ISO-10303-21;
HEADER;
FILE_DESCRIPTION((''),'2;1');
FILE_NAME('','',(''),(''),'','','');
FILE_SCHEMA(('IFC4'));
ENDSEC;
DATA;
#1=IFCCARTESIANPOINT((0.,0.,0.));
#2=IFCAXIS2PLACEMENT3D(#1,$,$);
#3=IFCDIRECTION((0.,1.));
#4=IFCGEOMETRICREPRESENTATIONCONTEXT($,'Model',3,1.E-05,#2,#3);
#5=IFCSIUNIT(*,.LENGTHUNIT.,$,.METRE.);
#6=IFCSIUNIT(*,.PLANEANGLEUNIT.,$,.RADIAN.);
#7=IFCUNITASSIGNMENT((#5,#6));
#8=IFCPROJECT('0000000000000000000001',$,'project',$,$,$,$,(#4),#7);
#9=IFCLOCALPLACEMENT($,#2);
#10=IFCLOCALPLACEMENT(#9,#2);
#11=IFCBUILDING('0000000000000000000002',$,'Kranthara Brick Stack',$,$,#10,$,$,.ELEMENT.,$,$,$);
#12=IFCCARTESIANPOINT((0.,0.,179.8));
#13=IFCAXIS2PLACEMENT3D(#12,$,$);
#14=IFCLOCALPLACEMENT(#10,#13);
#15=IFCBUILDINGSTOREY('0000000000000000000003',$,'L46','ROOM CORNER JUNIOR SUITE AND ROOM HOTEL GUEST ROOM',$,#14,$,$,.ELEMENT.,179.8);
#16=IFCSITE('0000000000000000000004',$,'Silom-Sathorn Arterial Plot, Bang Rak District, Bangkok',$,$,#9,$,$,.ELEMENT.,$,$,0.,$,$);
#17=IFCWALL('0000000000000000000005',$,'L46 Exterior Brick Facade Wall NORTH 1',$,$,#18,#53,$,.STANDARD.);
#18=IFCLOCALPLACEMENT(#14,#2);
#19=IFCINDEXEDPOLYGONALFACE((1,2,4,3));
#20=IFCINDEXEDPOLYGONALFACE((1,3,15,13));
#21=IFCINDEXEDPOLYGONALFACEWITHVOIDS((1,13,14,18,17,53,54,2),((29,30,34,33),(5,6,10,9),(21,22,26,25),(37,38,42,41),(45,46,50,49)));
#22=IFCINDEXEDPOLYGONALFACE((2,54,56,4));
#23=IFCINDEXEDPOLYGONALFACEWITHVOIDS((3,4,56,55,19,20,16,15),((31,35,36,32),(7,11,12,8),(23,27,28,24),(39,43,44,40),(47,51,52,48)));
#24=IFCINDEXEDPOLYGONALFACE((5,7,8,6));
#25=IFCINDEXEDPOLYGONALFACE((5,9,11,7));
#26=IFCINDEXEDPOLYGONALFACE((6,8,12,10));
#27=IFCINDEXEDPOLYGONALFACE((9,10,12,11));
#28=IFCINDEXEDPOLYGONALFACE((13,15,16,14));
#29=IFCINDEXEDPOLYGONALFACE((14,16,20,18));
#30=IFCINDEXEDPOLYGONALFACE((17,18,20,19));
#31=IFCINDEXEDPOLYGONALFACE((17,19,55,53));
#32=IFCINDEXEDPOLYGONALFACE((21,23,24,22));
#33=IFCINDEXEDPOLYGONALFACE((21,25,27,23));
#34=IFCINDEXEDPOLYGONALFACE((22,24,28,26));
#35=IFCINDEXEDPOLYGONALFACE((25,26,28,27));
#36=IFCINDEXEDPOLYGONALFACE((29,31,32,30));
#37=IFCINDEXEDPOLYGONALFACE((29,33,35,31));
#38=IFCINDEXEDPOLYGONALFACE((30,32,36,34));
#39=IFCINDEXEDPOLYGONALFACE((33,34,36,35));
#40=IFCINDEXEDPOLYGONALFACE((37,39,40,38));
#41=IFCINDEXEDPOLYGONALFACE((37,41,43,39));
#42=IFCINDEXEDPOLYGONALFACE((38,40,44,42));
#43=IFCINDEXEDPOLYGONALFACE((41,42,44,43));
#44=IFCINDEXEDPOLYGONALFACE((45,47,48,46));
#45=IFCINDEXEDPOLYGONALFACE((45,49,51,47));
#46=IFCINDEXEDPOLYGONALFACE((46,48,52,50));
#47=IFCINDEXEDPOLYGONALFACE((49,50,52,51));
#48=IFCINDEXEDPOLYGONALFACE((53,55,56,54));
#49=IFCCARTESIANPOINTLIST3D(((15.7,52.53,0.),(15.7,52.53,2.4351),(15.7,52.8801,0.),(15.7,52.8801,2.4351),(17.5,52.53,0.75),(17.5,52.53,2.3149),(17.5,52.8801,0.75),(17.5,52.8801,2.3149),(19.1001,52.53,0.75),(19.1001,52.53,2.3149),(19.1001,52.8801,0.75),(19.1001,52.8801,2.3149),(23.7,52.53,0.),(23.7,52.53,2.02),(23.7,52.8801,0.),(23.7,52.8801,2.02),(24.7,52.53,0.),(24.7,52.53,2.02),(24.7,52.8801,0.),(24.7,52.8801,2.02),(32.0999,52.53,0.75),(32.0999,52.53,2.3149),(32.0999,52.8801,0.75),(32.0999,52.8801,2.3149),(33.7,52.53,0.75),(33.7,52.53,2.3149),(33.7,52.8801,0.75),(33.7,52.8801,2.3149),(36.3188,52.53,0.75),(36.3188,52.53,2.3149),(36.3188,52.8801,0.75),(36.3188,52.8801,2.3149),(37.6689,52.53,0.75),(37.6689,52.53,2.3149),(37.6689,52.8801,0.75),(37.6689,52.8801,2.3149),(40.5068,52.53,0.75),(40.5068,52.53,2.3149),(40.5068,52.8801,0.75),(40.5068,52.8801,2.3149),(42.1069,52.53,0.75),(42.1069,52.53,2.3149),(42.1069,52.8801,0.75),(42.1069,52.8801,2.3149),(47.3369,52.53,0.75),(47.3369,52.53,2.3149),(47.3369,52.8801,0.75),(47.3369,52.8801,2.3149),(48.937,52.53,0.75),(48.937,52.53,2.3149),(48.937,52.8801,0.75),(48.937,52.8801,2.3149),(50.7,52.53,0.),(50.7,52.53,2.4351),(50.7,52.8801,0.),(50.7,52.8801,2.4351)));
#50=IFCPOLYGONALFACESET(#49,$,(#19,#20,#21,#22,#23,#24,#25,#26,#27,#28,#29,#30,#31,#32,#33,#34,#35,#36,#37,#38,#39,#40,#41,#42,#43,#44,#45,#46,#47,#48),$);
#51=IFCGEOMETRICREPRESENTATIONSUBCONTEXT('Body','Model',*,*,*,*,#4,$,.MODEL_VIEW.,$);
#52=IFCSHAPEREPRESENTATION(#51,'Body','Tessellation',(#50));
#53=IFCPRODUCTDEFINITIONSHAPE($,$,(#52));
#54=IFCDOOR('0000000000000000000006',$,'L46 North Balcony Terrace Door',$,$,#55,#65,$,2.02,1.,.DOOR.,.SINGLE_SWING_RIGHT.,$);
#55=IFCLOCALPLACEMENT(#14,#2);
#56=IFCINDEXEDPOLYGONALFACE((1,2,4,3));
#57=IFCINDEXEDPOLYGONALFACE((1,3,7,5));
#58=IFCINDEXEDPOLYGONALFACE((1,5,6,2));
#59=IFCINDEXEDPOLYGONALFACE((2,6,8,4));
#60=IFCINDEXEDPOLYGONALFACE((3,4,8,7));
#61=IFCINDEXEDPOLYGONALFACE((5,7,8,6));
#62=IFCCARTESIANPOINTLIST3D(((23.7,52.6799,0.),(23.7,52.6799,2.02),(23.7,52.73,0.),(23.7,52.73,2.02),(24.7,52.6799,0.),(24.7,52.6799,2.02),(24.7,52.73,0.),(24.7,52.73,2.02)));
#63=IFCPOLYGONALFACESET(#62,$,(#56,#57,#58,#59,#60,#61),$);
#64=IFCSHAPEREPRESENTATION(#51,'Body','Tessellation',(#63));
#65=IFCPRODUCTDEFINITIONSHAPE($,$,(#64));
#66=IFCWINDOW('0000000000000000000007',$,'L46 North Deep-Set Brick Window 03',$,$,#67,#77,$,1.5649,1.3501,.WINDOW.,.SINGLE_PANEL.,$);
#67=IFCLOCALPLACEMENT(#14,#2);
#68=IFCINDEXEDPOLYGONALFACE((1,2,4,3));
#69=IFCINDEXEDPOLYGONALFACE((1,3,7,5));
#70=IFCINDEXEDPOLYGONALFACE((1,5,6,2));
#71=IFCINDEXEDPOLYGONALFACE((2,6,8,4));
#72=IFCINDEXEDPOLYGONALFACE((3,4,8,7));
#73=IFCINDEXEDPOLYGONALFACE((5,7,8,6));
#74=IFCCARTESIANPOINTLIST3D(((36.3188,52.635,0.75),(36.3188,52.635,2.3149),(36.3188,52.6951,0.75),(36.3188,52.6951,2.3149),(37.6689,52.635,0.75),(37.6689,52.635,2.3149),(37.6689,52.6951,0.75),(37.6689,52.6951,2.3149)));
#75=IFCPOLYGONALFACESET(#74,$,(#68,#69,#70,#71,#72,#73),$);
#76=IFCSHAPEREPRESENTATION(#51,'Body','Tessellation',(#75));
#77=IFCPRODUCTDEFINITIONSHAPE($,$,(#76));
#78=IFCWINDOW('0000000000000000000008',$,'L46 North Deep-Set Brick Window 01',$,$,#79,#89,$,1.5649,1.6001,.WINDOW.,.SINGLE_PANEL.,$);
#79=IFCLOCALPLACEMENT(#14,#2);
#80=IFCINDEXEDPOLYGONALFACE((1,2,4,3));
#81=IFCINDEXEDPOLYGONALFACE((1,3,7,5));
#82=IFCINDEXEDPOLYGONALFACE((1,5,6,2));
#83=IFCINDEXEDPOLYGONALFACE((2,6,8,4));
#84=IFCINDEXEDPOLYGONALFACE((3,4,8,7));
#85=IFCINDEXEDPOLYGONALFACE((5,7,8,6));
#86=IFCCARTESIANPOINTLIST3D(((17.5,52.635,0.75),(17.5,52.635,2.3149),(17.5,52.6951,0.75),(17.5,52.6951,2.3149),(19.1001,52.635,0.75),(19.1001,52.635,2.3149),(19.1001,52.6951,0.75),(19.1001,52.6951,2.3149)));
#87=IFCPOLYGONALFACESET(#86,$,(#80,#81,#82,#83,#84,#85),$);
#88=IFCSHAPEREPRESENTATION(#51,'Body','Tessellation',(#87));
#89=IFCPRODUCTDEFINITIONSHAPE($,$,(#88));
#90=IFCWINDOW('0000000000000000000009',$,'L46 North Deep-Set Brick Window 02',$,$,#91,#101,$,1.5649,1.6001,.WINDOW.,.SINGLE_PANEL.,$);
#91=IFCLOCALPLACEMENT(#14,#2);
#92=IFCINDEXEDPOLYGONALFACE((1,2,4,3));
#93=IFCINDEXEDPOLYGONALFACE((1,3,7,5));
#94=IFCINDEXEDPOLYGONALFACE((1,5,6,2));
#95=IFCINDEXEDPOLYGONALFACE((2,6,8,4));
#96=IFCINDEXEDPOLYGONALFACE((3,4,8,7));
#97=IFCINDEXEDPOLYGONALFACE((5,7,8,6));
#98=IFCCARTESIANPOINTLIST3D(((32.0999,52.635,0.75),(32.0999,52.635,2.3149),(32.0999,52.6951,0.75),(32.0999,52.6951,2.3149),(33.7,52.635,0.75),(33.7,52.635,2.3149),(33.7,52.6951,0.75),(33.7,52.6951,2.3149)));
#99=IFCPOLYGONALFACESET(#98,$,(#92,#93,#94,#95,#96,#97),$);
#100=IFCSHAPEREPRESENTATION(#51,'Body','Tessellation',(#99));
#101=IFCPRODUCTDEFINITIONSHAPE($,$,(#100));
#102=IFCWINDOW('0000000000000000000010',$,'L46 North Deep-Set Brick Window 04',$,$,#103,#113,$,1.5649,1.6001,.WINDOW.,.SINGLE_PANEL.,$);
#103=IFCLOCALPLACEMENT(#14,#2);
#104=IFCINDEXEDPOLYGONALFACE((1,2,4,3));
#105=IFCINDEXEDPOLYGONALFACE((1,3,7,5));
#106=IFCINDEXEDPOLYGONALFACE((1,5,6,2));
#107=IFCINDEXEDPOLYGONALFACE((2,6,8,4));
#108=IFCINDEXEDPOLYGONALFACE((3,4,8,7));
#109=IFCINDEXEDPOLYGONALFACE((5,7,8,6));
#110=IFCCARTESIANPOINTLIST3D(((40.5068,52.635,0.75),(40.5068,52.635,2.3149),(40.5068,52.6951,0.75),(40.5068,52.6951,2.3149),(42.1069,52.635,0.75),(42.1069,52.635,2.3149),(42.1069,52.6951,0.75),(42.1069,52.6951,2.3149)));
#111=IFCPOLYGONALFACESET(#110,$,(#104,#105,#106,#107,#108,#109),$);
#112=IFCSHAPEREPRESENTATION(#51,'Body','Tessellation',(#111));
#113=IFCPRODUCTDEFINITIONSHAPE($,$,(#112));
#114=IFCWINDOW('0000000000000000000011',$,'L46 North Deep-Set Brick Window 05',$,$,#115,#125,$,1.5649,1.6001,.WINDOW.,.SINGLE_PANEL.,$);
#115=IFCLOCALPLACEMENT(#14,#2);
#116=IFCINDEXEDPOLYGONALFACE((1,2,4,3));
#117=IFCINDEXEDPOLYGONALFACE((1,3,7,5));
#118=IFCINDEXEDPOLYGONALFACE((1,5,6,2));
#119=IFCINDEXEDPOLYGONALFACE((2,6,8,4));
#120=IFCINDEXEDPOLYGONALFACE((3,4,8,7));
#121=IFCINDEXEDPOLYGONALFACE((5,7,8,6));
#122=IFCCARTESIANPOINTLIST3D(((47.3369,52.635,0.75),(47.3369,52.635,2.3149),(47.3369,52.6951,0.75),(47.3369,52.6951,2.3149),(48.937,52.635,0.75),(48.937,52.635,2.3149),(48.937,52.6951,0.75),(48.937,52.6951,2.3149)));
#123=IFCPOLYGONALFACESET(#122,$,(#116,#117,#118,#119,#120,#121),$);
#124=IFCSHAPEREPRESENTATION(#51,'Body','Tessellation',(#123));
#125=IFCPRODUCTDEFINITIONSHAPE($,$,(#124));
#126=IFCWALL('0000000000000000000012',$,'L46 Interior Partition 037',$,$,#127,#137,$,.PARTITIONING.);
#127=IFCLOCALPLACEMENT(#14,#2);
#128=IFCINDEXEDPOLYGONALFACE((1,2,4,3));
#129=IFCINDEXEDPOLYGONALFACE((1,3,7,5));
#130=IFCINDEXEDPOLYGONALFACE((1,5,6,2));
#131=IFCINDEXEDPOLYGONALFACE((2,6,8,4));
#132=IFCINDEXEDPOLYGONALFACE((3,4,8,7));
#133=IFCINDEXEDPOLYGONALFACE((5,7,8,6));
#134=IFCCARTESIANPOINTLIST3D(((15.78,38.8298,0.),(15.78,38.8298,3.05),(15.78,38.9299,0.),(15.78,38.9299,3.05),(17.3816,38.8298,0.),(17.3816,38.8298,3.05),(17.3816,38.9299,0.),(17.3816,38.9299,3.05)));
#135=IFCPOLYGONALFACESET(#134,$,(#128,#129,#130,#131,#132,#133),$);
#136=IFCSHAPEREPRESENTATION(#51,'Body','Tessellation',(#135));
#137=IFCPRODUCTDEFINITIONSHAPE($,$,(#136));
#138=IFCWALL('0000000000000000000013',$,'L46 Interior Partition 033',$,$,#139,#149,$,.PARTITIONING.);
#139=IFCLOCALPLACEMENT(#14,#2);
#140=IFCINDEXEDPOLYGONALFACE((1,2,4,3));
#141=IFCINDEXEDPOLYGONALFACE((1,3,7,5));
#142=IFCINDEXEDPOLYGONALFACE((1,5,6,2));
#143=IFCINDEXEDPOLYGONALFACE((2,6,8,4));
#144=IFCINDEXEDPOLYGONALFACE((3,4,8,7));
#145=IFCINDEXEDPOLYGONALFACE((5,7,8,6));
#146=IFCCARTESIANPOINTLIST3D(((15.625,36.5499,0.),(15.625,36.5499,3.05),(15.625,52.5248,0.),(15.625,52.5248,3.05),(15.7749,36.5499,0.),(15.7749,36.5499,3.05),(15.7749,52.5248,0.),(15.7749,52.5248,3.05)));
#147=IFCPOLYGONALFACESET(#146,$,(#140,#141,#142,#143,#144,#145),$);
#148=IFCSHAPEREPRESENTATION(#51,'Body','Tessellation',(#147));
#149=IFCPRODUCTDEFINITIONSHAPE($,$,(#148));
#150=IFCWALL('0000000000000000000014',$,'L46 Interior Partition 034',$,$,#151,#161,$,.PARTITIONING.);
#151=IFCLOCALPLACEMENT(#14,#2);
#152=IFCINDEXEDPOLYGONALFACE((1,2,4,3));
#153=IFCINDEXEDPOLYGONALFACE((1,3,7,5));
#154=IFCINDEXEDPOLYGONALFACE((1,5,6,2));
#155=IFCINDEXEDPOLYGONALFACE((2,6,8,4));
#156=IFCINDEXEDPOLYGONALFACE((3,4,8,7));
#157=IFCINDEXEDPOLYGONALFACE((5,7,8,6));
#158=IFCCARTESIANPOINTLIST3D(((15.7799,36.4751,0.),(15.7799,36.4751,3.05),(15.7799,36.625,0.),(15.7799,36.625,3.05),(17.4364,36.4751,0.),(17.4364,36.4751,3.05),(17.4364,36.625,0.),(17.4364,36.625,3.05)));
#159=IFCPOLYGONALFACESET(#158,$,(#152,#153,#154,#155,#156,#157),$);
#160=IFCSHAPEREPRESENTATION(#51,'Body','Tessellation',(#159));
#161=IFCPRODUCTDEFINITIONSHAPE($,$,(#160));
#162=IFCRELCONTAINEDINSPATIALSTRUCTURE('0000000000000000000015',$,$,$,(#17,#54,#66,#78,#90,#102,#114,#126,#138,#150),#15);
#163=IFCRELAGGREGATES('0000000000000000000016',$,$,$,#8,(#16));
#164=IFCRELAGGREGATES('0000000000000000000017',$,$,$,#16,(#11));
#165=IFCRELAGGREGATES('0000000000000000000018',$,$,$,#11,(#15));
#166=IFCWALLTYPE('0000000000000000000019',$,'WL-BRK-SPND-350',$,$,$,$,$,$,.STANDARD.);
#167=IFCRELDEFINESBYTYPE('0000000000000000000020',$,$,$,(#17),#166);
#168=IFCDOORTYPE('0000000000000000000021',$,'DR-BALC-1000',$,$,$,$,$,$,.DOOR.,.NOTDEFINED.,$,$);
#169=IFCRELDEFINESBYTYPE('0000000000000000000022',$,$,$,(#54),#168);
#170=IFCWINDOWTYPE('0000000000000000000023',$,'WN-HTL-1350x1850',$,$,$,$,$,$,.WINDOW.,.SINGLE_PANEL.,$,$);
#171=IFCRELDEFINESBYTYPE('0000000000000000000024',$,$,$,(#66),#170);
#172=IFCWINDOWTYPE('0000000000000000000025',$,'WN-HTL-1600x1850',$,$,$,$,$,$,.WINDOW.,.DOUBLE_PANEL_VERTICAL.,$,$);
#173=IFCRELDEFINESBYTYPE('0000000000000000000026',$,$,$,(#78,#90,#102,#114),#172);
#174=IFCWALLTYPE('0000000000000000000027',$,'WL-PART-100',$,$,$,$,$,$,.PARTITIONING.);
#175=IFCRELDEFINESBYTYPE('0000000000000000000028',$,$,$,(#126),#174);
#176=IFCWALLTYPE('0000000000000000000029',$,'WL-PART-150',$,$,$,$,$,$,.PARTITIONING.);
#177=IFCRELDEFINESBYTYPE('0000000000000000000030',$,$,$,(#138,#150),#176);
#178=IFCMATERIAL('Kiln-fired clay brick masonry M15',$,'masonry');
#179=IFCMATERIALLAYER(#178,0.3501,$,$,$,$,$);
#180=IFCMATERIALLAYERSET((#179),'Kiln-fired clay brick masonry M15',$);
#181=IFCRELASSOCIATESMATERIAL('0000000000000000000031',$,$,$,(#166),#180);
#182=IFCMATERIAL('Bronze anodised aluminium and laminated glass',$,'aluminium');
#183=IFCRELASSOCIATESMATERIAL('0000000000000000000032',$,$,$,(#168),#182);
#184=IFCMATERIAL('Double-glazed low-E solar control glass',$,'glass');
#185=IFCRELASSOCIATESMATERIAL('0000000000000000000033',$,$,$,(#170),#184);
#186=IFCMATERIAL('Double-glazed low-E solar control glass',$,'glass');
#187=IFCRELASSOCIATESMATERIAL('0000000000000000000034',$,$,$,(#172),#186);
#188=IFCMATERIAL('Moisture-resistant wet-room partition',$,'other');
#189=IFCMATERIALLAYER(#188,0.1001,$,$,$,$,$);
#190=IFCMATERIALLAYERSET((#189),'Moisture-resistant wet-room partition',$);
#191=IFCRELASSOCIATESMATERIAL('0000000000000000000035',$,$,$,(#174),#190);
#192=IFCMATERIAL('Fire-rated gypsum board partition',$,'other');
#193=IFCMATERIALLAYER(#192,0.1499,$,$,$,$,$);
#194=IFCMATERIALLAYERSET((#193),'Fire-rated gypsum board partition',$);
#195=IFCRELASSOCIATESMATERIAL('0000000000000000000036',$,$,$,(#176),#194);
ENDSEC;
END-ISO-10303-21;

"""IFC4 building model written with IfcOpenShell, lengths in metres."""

from ifc_helpers import new_model, si_unit, direction, frame, frame_2d, origin, place, context, subcontext, project, spatial, rectangle, extrude, material, layer, layer_set, type_object, element, fill, save


model = new_model("IFC4")

# Units and contexts
model_context = context("Model", 3, precision=1e-05, world=origin(), true_north=direction((0.0, 1.0)))
body_context = subcontext(model_context, "Body", "Model", "MODEL_VIEW")
ifc_project = project(units=[si_unit("LENGTHUNIT", "METRE"), si_unit("PLANEANGLEUNIT", "RADIAN")], contexts=[model_context])

# Site, building, storey
site_placement = place(None, origin())
site = spatial("IfcSite", under=ifc_project, at=site_placement, Name="Silom-Sathorn Arterial Plot, Bang Rak District, Bangkok", CompositionType="ELEMENT", RefElevation=0.0)
building_placement = place(site_placement, origin())
building = spatial("IfcBuilding", under=site, at=building_placement, Name="Kranthara Brick Stack", CompositionType="ELEMENT")
storey_placement = place(building_placement, frame((0.0, 0.0, 179.8)))
storey = spatial("IfcBuildingStorey", under=building, at=storey_placement, Name="L46", Description="ROOM CORNER JUNIOR SUITE AND ROOM HOTEL GUEST ROOM", CompositionType="ELEMENT", Elevation=179.8)

# Shared definitions
ifc_material_1 = material(Name="Kiln-fired clay brick masonry M15", Category="masonry")
ifc_layer_1 = layer(ifc_material_1, 0.3501)
ifc_layer_set_1 = layer_set([ifc_layer_1], Name="Kiln-fired clay brick masonry M15")
wall_type_1 = type_object("IfcWallType", Name="WL-BRK-SPND-350", PredefinedType="STANDARD", material=ifc_layer_set_1)

# Wall, openings, door, windows
wall_1_placement = place(storey_placement, frame((15.7, 52.7051, 0.0), z_axis=(0.0, 0.0, 1.0), x_axis=(1.0, 0.0, 0.0)))
wall_1 = element("IfcWall", 1, at=wall_1_placement, inside=storey, type_object=wall_type_1, Name="L46 Exterior Brick Facade Wall NORTH 1", PredefinedType="STANDARD", context=body_context, shape_type="SweptSolid", body=[
    extrude(rectangle(XDim=35.0, YDim=0.3501, at=frame_2d((17.5, 0.0))), origin(), (0.0, 0.0, 1.0), 2.4351),
])
opening_1_placement = place(wall_1_placement, frame((8.0, 0.0, 0.0)))
opening_1 = element("IfcOpeningElement", 2, at=opening_1_placement, cuts=wall_1, PredefinedType="OPENING", context=body_context, shape_type="SweptSolid", body=[
    extrude(rectangle(XDim=1.0, YDim=2.02, at=frame_2d((0.5, 1.01))), frame((0.0, 0.1851, 0.0), z_axis=(0.0, -1.0, 0.0), x_axis=(1.0, 0.0, 0.0)), (0.0, 0.0, 1.0), 0.3701),
])
opening_2_placement = place(wall_1_placement, frame((1.8, 0.0, 0.75)))
opening_2 = element("IfcOpeningElement", 3, at=opening_2_placement, cuts=wall_1, PredefinedType="OPENING", context=body_context, shape_type="SweptSolid", body=[
    extrude(rectangle(XDim=1.6001, YDim=1.5649, at=frame_2d((0.8, 0.7825))), frame((0.0, 0.1851, 0.0), z_axis=(0.0, -1.0, 0.0), x_axis=(1.0, 0.0, 0.0)), (0.0, 0.0, 1.0), 0.3701),
])
opening_3_placement = place(wall_1_placement, frame((16.3999, 0.0, 0.75)))
opening_3 = element("IfcOpeningElement", 4, at=opening_3_placement, cuts=wall_1, PredefinedType="OPENING", context=body_context, shape_type="SweptSolid", body=[
    extrude(rectangle(XDim=1.6001, YDim=1.5649, at=frame_2d((0.8, 0.7825))), frame((0.0, 0.1851, 0.0), z_axis=(0.0, -1.0, 0.0), x_axis=(1.0, 0.0, 0.0)), (0.0, 0.0, 1.0), 0.3701),
])
opening_4_placement = place(wall_1_placement, frame((20.6189, 0.0, 0.75)))
opening_4 = element("IfcOpeningElement", 5, at=opening_4_placement, cuts=wall_1, PredefinedType="OPENING", context=body_context, shape_type="SweptSolid", body=[
    extrude(rectangle(XDim=1.3501, YDim=1.5649, at=frame_2d((0.675, 0.7825))), frame((0.0, 0.1851, 0.0), z_axis=(0.0, -1.0, 0.0), x_axis=(1.0, 0.0, 0.0)), (0.0, 0.0, 1.0), 0.3701),
])
opening_5_placement = place(wall_1_placement, frame((24.8069, 0.0, 0.75)))
opening_5 = element("IfcOpeningElement", 6, at=opening_5_placement, cuts=wall_1, PredefinedType="OPENING", context=body_context, shape_type="SweptSolid", body=[
    extrude(rectangle(XDim=1.6001, YDim=1.5649, at=frame_2d((0.8, 0.7825))), frame((0.0, 0.1851, 0.0), z_axis=(0.0, -1.0, 0.0), x_axis=(1.0, 0.0, 0.0)), (0.0, 0.0, 1.0), 0.3701),
])
opening_6_placement = place(wall_1_placement, frame((31.637, 0.0, 0.75)))
opening_6 = element("IfcOpeningElement", 7, at=opening_6_placement, cuts=wall_1, PredefinedType="OPENING", context=body_context, shape_type="SweptSolid", body=[
    extrude(rectangle(XDim=1.6001, YDim=1.5649, at=frame_2d((0.8, 0.7825))), frame((0.0, 0.1851, 0.0), z_axis=(0.0, -1.0, 0.0), x_axis=(1.0, 0.0, 0.0)), (0.0, 0.0, 1.0), 0.3701),
])
ifc_material_2 = material(Name="Bronze anodised aluminium and laminated glass", Category="aluminium")
door_type = type_object("IfcDoorType", Name="DR-BALC-1000", OperationType="NOTDEFINED", PredefinedType="DOOR", material=ifc_material_2)
door_placement = place(opening_1_placement, origin())
door = element("IfcDoor", 8, at=door_placement, inside=storey, type_object=door_type, Name="L46 North Balcony Terrace Door", OperationType="SINGLE_SWING_RIGHT", OverallHeight=2.02, OverallWidth=1.0, PredefinedType="DOOR", context=body_context, shape_type="SweptSolid", body=[
    extrude(rectangle(XDim=1.0, YDim=2.02, at=frame_2d((0.5, 1.01))), frame((0.0, 0.0249, 0.0), z_axis=(0.0, -1.0, 0.0), x_axis=(1.0, 0.0, 0.0)), (0.0, 0.0, 1.0), 0.05),
])
fill(opening_1, door)
ifc_material_3 = material(Name="Double-glazed low-E solar control glass", Category="glass")
window_type_1 = type_object("IfcWindowType", Name="WN-HTL-1350x1850", PartitioningType="SINGLE_PANEL", PredefinedType="WINDOW", material=ifc_material_3)
window_1_placement = place(opening_4_placement, origin())
window_1 = element("IfcWindow", 9, at=window_1_placement, inside=storey, type_object=window_type_1, Name="L46 North Deep-Set Brick Window 03", OverallHeight=1.5649, OverallWidth=1.3501, PartitioningType="SINGLE_PANEL", PredefinedType="WINDOW", context=body_context, shape_type="SweptSolid", body=[
    extrude(rectangle(XDim=1.3501, YDim=1.5649, at=frame_2d((0.675, 0.7825))), frame((0.0, -0.01, 0.0), z_axis=(0.0, -1.0, 0.0), x_axis=(1.0, 0.0, 0.0)), (0.0, 0.0, 1.0), 0.0601),
])
fill(opening_4, window_1)
ifc_material_4 = material(Name="Double-glazed low-E solar control glass", Category="glass")
window_type_2 = type_object("IfcWindowType", Name="WN-HTL-1600x1850", PartitioningType="DOUBLE_PANEL_VERTICAL", PredefinedType="WINDOW", material=ifc_material_4)
window_2_placement = place(opening_2_placement, origin())
window_2 = element("IfcWindow", 10, at=window_2_placement, inside=storey, type_object=window_type_2, Name="L46 North Deep-Set Brick Window 01", OverallHeight=1.5649, OverallWidth=1.6001, PartitioningType="SINGLE_PANEL", PredefinedType="WINDOW", context=body_context, shape_type="SweptSolid", body=[
    extrude(rectangle(XDim=1.6001, YDim=1.5649, at=frame_2d((0.8, 0.7825))), frame((0.0, -0.01, 0.0), z_axis=(0.0, -1.0, 0.0), x_axis=(1.0, 0.0, 0.0)), (0.0, 0.0, 1.0), 0.0601),
])
fill(opening_2, window_2)
window_3_placement = place(opening_3_placement, origin())
window_3 = element("IfcWindow", 11, at=window_3_placement, inside=storey, type_object=window_type_2, Name="L46 North Deep-Set Brick Window 02", OverallHeight=1.5649, OverallWidth=1.6001, PartitioningType="SINGLE_PANEL", PredefinedType="WINDOW", context=body_context, shape_type="SweptSolid", body=[
    extrude(rectangle(XDim=1.6001, YDim=1.5649, at=frame_2d((0.8, 0.7825))), frame((0.0, -0.01, 0.0), z_axis=(0.0, -1.0, 0.0), x_axis=(1.0, 0.0, 0.0)), (0.0, 0.0, 1.0), 0.0601),
])
fill(opening_3, window_3)
window_4_placement = place(opening_5_placement, origin())
window_4 = element("IfcWindow", 12, at=window_4_placement, inside=storey, type_object=window_type_2, Name="L46 North Deep-Set Brick Window 04", OverallHeight=1.5649, OverallWidth=1.6001, PartitioningType="SINGLE_PANEL", PredefinedType="WINDOW", context=body_context, shape_type="SweptSolid", body=[
    extrude(rectangle(XDim=1.6001, YDim=1.5649, at=frame_2d((0.8, 0.7825))), frame((0.0, -0.01, 0.0), z_axis=(0.0, -1.0, 0.0), x_axis=(1.0, 0.0, 0.0)), (0.0, 0.0, 1.0), 0.0601),
])
fill(opening_5, window_4)
window_5_placement = place(opening_6_placement, origin())
window_5 = element("IfcWindow", 13, at=window_5_placement, inside=storey, type_object=window_type_2, Name="L46 North Deep-Set Brick Window 05", OverallHeight=1.5649, OverallWidth=1.6001, PartitioningType="SINGLE_PANEL", PredefinedType="WINDOW", context=body_context, shape_type="SweptSolid", body=[
    extrude(rectangle(XDim=1.6001, YDim=1.5649, at=frame_2d((0.8, 0.7825))), frame((0.0, -0.01, 0.0), z_axis=(0.0, -1.0, 0.0), x_axis=(1.0, 0.0, 0.0)), (0.0, 0.0, 1.0), 0.0601),
])
fill(opening_6, window_5)

# Walls
ifc_material_5 = material(Name="Moisture-resistant wet-room partition", Category="other")
ifc_layer_2 = layer(ifc_material_5, 0.1001)
ifc_layer_set_2 = layer_set([ifc_layer_2], Name="Moisture-resistant wet-room partition")
wall_type_2 = type_object("IfcWallType", Name="WL-PART-100", PredefinedType="PARTITIONING", material=ifc_layer_set_2)
wall_2_placement = place(storey_placement, frame((15.78, 38.8799, 0.0), z_axis=(0.0, 0.0, 1.0), x_axis=(1.0, 0.0, 0.0)))
element("IfcWall", 14, at=wall_2_placement, inside=storey, type_object=wall_type_2, Name="L46 Interior Partition 037", PredefinedType="PARTITIONING", context=body_context, shape_type="SweptSolid", body=[
    extrude(rectangle(XDim=1.6016, YDim=0.1001, at=frame_2d((0.8008, 0.0))), origin(), (0.0, 0.0, 1.0), 3.05),
])
ifc_material_6 = material(Name="Fire-rated gypsum board partition", Category="other")
ifc_layer_3 = layer(ifc_material_6, 0.1499)
ifc_layer_set_3 = layer_set([ifc_layer_3], Name="Fire-rated gypsum board partition")
wall_type_3 = type_object("IfcWallType", Name="WL-PART-150", PredefinedType="PARTITIONING", material=ifc_layer_set_3)
wall_3_placement = place(storey_placement, frame((15.7, 36.55, 0.0), z_axis=(0.0, 0.0, 1.0), x_axis=(0.0, 1.0, 0.0)))
element("IfcWall", 15, at=wall_3_placement, inside=storey, type_object=wall_type_3, Name="L46 Interior Partition 033", PredefinedType="PARTITIONING", context=body_context, shape_type="SweptSolid", body=[
    extrude(rectangle(XDim=15.9749, YDim=0.1499, at=frame_2d((7.9873, 0.0))), origin(), (0.0, 0.0, 1.0), 3.05),
])
wall_4_placement = place(storey_placement, frame((15.78, 36.55, 0.0), z_axis=(0.0, 0.0, 1.0), x_axis=(1.0, 0.0, 0.0)))
element("IfcWall", 16, at=wall_4_placement, inside=storey, type_object=wall_type_3, Name="L46 Interior Partition 034", PredefinedType="PARTITIONING", context=body_context, shape_type="SweptSolid", body=[
    extrude(rectangle(XDim=1.6565, YDim=0.1499, at=frame_2d((0.8281, 0.0))), origin(), (0.0, 0.0, 1.0), 3.05),
])

save(model, "model.ifc")
